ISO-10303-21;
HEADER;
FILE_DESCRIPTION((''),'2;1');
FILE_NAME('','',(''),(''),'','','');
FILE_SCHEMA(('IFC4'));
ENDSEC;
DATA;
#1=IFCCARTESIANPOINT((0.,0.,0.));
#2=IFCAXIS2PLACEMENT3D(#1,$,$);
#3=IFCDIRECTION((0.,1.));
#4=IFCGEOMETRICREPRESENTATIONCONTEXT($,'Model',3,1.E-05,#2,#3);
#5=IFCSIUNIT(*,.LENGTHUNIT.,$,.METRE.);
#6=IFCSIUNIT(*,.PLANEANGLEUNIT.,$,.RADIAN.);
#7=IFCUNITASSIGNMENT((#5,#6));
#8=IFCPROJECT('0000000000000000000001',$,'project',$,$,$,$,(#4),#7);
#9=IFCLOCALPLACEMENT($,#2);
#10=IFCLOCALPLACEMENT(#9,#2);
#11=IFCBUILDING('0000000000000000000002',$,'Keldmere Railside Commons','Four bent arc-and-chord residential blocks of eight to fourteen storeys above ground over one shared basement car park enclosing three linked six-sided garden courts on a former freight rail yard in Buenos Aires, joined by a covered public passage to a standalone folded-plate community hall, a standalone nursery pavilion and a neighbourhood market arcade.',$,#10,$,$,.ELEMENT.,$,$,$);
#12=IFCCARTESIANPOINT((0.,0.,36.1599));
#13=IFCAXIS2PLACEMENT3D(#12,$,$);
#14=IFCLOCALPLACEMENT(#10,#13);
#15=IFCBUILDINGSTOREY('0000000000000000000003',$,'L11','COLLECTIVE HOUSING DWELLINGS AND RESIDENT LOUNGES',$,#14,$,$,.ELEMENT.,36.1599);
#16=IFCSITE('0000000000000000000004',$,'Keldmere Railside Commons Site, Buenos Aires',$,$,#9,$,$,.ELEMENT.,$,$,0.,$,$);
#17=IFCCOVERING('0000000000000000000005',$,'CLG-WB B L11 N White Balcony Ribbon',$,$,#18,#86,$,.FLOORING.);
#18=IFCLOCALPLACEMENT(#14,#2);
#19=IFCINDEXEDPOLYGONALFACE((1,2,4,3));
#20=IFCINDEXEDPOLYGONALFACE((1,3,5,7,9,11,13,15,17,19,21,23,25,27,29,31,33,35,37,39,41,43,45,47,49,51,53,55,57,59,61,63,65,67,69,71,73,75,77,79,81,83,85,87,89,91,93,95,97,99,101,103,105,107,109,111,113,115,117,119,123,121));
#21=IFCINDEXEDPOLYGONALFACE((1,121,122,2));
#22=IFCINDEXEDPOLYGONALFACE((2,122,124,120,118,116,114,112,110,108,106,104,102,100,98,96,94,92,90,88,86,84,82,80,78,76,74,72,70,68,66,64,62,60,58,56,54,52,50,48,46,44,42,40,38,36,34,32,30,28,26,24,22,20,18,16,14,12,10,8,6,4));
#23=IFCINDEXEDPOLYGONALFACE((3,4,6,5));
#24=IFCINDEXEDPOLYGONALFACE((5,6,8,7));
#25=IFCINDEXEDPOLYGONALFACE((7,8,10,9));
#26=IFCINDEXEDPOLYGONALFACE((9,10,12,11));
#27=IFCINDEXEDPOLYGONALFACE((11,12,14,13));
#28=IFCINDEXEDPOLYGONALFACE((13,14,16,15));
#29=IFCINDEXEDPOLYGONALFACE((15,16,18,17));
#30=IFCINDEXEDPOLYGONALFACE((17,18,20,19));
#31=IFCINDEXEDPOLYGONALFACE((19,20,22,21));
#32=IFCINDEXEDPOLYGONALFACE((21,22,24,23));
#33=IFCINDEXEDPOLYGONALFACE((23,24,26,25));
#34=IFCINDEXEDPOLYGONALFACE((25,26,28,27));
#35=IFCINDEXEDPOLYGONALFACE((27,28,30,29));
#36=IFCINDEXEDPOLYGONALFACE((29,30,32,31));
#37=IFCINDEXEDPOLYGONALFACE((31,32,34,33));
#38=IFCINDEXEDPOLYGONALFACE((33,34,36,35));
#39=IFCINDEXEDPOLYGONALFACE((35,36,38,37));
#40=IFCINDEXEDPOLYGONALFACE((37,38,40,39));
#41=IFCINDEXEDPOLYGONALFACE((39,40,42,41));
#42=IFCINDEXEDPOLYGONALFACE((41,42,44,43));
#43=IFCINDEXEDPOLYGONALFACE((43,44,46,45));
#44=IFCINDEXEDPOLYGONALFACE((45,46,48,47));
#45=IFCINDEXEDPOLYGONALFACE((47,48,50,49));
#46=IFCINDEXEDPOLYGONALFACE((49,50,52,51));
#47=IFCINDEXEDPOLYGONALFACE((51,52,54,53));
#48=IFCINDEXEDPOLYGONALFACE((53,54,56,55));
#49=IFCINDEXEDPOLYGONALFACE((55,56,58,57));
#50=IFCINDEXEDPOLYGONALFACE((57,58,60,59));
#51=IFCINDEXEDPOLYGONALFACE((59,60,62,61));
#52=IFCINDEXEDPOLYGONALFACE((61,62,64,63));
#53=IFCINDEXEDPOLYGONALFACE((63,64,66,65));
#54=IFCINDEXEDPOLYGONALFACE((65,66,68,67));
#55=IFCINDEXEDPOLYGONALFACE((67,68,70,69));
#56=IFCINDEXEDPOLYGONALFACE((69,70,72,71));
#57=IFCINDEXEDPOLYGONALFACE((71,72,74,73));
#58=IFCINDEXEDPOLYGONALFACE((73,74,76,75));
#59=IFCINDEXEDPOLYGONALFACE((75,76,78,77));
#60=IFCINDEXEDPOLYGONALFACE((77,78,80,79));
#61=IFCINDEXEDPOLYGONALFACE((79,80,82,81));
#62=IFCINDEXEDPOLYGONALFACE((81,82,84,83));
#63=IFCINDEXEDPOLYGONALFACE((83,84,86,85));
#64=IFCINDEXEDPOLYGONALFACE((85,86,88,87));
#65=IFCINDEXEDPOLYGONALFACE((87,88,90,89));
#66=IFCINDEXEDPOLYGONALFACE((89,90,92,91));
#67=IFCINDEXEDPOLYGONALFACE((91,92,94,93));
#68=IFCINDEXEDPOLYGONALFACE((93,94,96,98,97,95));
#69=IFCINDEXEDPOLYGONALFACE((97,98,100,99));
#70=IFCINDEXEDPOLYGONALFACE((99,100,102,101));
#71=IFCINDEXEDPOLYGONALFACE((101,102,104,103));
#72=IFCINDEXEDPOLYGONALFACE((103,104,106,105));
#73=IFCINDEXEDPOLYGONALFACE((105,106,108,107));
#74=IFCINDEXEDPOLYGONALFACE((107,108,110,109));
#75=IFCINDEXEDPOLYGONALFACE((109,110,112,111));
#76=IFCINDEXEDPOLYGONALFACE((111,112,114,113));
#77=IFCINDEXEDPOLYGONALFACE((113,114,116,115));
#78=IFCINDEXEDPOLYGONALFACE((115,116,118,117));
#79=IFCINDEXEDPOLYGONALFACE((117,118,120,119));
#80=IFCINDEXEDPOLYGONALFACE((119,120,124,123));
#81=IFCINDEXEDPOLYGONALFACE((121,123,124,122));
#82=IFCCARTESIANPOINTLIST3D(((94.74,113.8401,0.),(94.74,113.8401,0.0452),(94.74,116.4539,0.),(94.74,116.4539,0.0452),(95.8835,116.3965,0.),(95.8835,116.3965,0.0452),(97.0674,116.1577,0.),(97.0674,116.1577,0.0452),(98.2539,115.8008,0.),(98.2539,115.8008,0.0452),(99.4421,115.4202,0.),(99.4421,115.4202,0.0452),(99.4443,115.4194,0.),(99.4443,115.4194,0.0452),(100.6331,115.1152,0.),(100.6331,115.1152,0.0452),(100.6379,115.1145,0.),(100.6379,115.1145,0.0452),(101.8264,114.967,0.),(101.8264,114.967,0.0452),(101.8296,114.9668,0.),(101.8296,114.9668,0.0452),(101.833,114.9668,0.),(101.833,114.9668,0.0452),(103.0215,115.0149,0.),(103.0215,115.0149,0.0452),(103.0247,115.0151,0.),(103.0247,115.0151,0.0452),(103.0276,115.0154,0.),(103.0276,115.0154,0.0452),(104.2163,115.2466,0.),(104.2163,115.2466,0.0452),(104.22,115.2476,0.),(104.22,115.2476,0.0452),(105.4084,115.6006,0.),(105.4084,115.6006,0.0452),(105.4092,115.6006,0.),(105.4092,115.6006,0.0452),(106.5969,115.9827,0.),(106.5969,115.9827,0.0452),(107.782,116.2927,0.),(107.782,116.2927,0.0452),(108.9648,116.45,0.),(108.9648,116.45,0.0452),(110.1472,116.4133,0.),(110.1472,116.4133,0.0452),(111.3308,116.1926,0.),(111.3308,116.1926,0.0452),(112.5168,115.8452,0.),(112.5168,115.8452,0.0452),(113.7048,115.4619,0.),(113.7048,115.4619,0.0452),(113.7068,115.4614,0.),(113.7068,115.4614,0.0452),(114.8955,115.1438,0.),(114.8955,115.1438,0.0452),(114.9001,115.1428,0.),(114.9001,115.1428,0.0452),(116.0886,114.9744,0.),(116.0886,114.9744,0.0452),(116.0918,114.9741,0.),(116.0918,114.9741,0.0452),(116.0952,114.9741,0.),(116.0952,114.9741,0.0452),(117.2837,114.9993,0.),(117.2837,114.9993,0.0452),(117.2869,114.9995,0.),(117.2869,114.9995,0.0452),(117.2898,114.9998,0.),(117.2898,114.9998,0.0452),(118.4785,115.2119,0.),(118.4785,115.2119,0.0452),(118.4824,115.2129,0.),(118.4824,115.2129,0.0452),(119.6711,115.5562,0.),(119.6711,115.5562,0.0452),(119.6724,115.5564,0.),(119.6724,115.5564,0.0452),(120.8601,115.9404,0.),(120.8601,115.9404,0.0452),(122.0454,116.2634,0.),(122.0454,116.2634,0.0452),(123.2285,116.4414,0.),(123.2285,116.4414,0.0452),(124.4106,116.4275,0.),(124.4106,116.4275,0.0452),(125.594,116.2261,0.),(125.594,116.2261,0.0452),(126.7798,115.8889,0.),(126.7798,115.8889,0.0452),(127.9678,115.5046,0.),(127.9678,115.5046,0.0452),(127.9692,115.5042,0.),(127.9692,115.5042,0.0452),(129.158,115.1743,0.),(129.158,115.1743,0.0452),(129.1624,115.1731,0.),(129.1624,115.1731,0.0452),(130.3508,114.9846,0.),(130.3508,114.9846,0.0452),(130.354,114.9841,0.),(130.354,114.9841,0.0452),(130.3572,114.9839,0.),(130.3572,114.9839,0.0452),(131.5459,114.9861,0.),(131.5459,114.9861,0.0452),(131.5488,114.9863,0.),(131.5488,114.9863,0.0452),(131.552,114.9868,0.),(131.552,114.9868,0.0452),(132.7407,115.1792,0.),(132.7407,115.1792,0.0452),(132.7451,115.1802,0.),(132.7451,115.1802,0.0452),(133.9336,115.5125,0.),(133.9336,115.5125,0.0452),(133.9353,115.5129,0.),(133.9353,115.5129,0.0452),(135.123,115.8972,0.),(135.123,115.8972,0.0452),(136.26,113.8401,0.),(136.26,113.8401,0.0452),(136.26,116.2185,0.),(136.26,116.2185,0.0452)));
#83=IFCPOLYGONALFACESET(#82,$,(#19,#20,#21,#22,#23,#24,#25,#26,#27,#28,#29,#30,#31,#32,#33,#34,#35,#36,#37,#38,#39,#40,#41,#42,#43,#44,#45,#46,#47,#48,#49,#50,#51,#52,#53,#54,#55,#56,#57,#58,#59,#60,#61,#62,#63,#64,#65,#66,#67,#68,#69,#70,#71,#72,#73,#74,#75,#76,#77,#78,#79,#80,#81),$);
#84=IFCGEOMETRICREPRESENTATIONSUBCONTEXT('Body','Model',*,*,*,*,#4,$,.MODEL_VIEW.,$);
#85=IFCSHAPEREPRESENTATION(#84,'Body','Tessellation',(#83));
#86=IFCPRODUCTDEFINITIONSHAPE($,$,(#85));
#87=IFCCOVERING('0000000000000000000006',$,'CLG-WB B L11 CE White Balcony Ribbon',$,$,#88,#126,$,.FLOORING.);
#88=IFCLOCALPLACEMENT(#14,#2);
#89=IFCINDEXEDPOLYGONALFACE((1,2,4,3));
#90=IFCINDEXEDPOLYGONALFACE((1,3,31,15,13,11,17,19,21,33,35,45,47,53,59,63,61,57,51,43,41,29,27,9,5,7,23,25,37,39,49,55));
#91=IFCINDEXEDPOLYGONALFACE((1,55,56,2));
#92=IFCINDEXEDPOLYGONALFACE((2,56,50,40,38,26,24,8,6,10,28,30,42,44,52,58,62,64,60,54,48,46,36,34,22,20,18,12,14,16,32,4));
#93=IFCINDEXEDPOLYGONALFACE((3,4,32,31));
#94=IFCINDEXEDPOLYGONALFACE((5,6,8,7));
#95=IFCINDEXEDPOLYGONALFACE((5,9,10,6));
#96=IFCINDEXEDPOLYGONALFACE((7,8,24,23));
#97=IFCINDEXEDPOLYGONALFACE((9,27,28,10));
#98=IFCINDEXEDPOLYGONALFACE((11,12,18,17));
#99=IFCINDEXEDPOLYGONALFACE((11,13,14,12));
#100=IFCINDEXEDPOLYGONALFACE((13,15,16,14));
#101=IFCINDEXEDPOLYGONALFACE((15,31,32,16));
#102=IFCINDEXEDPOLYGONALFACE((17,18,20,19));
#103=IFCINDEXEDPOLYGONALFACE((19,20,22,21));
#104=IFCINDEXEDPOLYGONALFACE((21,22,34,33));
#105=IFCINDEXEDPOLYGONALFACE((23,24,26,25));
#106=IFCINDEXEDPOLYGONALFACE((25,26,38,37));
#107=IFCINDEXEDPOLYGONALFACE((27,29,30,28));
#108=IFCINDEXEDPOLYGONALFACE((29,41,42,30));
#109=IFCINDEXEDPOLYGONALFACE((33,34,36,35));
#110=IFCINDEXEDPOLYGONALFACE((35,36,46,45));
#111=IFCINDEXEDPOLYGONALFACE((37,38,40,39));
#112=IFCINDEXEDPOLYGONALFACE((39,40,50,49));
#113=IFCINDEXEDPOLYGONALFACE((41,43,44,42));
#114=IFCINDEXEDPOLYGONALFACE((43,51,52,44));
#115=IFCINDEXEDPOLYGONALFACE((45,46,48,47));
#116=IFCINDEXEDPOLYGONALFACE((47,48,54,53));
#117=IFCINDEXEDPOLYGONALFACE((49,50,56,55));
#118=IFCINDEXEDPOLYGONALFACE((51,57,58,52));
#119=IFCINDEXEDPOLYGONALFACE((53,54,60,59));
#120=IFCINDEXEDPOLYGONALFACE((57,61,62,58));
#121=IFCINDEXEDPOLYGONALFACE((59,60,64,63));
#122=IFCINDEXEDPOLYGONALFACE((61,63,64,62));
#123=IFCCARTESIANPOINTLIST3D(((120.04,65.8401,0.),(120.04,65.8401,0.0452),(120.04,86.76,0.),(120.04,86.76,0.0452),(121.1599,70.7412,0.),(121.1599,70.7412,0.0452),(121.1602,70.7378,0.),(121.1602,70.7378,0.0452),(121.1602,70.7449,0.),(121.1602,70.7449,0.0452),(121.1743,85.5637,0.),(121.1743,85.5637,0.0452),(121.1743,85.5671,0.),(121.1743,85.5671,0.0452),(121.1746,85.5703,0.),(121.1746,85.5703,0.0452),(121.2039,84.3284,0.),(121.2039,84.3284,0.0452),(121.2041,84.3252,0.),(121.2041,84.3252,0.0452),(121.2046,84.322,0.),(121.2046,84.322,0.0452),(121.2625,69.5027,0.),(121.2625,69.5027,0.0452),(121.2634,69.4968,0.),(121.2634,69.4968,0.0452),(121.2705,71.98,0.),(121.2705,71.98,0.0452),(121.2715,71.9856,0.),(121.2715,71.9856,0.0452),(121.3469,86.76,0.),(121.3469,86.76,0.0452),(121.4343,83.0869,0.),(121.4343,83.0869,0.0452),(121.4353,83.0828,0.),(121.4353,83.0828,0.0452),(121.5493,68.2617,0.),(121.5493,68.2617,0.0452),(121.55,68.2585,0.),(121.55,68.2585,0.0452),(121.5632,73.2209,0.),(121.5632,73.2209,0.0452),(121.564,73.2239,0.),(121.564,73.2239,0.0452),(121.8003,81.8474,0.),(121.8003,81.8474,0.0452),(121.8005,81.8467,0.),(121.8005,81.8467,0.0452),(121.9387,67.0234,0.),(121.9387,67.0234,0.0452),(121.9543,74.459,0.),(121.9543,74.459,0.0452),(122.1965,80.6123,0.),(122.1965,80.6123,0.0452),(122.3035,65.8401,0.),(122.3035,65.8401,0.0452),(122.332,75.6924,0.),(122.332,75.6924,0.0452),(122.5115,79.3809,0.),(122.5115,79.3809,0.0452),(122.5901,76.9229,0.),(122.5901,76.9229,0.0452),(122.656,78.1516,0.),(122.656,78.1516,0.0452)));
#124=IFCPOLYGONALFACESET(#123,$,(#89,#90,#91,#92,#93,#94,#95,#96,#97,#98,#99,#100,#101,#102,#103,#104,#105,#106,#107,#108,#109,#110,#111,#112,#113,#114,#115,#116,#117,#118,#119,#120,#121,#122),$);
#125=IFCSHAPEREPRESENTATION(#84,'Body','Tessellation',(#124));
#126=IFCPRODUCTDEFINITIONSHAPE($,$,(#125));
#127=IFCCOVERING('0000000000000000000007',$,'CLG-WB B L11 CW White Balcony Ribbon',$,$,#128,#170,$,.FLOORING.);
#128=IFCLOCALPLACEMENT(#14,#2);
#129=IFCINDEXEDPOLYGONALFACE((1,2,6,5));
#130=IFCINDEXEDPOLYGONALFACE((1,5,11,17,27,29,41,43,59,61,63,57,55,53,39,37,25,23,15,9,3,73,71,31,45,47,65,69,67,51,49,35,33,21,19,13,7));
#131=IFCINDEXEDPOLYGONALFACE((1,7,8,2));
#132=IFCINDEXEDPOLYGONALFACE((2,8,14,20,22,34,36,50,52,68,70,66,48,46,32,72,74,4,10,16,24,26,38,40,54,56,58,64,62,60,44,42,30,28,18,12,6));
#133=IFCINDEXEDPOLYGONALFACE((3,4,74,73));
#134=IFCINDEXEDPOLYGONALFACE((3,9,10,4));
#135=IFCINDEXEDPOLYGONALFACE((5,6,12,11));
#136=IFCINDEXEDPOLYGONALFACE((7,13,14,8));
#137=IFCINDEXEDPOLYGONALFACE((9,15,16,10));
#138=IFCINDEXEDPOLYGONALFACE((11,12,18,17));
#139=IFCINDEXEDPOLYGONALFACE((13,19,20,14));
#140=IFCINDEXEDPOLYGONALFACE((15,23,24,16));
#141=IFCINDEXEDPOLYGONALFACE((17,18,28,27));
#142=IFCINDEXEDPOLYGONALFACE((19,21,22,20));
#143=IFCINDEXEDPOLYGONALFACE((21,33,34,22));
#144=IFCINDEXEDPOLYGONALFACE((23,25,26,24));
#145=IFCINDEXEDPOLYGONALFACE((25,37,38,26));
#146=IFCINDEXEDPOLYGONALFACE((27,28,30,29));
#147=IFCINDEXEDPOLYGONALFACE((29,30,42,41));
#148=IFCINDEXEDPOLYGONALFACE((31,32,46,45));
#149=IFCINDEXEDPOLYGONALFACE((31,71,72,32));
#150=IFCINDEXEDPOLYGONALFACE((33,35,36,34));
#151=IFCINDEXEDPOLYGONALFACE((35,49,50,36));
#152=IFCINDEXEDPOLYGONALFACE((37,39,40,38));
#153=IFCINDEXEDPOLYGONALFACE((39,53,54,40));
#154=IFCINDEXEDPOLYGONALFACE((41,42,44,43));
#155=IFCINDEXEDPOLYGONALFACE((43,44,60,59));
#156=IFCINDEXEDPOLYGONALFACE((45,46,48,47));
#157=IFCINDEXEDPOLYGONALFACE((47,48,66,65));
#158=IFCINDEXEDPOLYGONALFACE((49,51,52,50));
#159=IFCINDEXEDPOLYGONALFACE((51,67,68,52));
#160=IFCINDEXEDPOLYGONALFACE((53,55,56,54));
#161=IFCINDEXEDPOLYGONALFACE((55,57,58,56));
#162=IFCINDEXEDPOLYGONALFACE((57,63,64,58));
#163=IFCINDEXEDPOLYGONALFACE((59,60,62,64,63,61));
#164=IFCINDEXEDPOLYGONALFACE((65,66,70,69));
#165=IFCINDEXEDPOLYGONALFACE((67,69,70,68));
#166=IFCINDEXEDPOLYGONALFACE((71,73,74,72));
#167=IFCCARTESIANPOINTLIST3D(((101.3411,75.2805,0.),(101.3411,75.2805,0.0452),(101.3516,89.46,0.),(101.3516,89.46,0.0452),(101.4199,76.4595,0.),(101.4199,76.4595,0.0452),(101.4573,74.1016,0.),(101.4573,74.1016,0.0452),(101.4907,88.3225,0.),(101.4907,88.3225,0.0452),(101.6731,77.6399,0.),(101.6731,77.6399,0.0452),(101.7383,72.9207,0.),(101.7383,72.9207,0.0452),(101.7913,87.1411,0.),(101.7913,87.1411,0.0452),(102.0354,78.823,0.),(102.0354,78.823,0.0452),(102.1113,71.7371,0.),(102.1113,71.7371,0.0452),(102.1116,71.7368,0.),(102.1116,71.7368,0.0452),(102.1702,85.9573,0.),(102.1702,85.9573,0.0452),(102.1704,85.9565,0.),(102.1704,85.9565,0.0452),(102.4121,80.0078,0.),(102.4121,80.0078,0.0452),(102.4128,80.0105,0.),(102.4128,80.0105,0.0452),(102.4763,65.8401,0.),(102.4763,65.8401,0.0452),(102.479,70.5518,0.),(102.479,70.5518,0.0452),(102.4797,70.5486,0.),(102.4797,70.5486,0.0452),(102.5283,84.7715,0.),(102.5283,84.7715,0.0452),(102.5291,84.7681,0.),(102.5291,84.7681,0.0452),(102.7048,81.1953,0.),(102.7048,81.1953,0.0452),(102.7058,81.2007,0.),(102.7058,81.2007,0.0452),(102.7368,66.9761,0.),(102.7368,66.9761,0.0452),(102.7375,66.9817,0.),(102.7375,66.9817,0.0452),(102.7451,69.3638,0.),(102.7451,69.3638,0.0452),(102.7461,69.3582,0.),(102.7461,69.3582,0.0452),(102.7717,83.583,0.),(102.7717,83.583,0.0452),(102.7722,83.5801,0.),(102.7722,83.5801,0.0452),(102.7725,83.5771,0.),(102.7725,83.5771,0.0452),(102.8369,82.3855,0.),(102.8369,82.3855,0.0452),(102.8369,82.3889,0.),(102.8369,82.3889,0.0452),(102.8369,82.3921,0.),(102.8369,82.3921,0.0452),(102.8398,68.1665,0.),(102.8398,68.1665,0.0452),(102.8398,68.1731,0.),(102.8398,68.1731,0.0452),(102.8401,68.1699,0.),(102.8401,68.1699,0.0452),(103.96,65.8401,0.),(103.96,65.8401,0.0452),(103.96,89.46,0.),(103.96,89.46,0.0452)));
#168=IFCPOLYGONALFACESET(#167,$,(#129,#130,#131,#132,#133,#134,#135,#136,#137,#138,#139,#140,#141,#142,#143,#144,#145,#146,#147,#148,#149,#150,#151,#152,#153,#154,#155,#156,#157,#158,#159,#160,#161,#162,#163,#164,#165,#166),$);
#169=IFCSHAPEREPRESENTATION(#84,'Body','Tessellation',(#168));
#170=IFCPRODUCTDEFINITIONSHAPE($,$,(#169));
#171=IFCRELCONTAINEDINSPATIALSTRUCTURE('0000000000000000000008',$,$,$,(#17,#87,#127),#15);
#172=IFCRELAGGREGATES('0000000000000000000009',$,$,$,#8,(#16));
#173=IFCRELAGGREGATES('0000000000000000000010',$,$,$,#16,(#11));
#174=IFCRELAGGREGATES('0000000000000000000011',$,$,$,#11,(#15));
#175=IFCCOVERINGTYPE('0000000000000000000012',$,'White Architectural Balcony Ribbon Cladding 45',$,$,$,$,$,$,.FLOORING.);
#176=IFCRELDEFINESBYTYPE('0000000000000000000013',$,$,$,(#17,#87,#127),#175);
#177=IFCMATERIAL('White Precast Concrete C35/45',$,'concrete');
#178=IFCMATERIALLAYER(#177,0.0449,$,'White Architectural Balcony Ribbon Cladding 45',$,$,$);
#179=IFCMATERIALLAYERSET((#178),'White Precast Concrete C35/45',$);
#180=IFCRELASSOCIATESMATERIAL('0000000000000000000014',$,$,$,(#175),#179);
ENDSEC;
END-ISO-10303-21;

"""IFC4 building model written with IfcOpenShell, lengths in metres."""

from ifc_helpers import new_model, si_unit, direction, frame, origin, place, context, subcontext, project, spatial, polyline, outline, extrude, material, layer, layer_set, type_object, element, save


model = new_model("IFC4")

# Units and contexts
model_context = context("Model", 3, precision=1e-05, world=origin(), true_north=direction((0.0, 1.0)))
body_context = subcontext(model_context, "Body", "Model", "MODEL_VIEW")
ifc_project = project(units=[si_unit("LENGTHUNIT", "METRE"), si_unit("PLANEANGLEUNIT", "RADIAN")], contexts=[model_context])

# Site, building, storey
site_placement = place(None, origin())
site = spatial("IfcSite", under=ifc_project, at=site_placement, Name="Keldmere Railside Commons Site, Buenos Aires", CompositionType="ELEMENT", RefElevation=0.0)
building_placement = place(site_placement, origin())
building = spatial("IfcBuilding", under=site, at=building_placement, Name="Keldmere Railside Commons", Description="Four bent arc-and-chord residential blocks of eight to fourteen storeys above ground over one shared basement car park enclosing three linked six-sided garden courts on a former freight rail yard in Buenos Aires, joined by a covered public passage to a standalone folded-plate community hall, a standalone nursery pavilion and a neighbourhood market arcade.", CompositionType="ELEMENT")
storey_placement = place(building_placement, frame((0.0, 0.0, 36.1599)))
storey = spatial("IfcBuildingStorey", under=building, at=storey_placement, Name="L11", Description="COLLECTIVE HOUSING DWELLINGS AND RESIDENT LOUNGES", CompositionType="ELEMENT", Elevation=36.1599)

# Coverings
ifc_material_1 = material(Name="White Precast Concrete C35/45", Category="concrete")
ifc_layer_1 = layer(ifc_material_1, 0.0449, Name="White Architectural Balcony Ribbon Cladding 45")
ifc_layer_set_1 = layer_set([ifc_layer_1], Name="White Precast Concrete C35/45")
covering_type = type_object("IfcCoveringType", Name="White Architectural Balcony Ribbon Cladding 45", PredefinedType="FLOORING", material=ifc_layer_set_1)
covering_1_placement = place(storey_placement, origin())
element("IfcCovering", 1, at=covering_1_placement, inside=storey, type_object=covering_type, Name="CLG-WB B L11 N White Balcony Ribbon", PredefinedType="FLOORING", context=body_context, shape_type="SweptSolid", body=[
    extrude(outline(polyline([(136.26, 113.8401), (136.26, 116.2185), (135.123, 115.8972), (133.9353, 115.5129), (133.9336, 115.5125), (132.7451, 115.1802), (132.7407, 115.1792), (131.552, 114.9868), (131.5488, 114.9863), (131.5459, 114.9861), (130.3572, 114.9839), (130.354, 114.9841), (130.3508, 114.9846), (129.1624, 115.1731), (129.158, 115.1743), (127.9692, 115.5042), (127.9678, 115.5046), (126.7798, 115.8889), (125.594, 116.2261), (124.4106, 116.4275), (123.2285, 116.4414), (122.0454, 116.2634), (120.8601, 115.9404), (119.6724, 115.5564), (119.6711, 115.5562), (118.4824, 115.2129), (118.4785, 115.2119), (117.2898, 114.9998), (117.2869, 114.9995), (117.2837, 114.9993), (116.0952, 114.9741), (116.0918, 114.9741), (116.0886, 114.9744), (114.9001, 115.1428), (114.8955, 115.1438), (113.7068, 115.4614), (113.7048, 115.4619), (112.5168, 115.8452), (111.3308, 116.1926), (110.1472, 116.4133), (108.9648, 116.45), (107.782, 116.2927), (106.5969, 115.9827), (105.4092, 115.6006), (105.4084, 115.6006), (104.22, 115.2476), (104.2163, 115.2466), (103.0276, 115.0154), (103.0247, 115.0151), (103.0215, 115.0149), (101.833, 114.9668), (101.8296, 114.9668), (101.8264, 114.967), (100.6379, 115.1145), (100.6331, 115.1152), (99.4443, 115.4194), (99.4421, 115.4202), (98.2539, 115.8008), (97.0674, 116.1577), (95.8835, 116.3965), (94.74, 116.4539), (94.74, 113.8401), (136.26, 113.8401)])), origin(), (0.0, 0.0, 1.0), 0.0452),
])
covering_2_placement = place(storey_placement, origin())
element("IfcCovering", 2, at=covering_2_placement, inside=storey, type_object=covering_type, Name="CLG-WB B L11 CE White Balcony Ribbon", PredefinedType="FLOORING", context=body_context, shape_type="SweptSolid", body=[
    extrude(outline(polyline([(121.9387, 67.0234), (121.55, 68.2585), (121.5493, 68.2617), (121.2634, 69.4968), (121.2625, 69.5027), (121.1602, 70.7378), (121.1599, 70.7412), (121.1602, 70.7449), (121.2705, 71.98), (121.2715, 71.9856), (121.5632, 73.2209), (121.564, 73.2239), (121.9543, 74.459), (122.332, 75.6924), (122.5901, 76.9229), (122.656, 78.1516), (122.5115, 79.3809), (122.1965, 80.6123), (121.8005, 81.8467), (121.8003, 81.8474), (121.4353, 83.0828), (121.4343, 83.0869), (121.2046, 84.322), (121.2041, 84.3252), (121.2039, 84.3284), (121.1743, 85.5637), (121.1743, 85.5671), (121.1746, 85.5703), (121.3469, 86.76), (120.04, 86.76), (120.04, 65.8401), (122.3035, 65.8401), (121.9387, 67.0234)])), origin(), (0.0, 0.0, 1.0), 0.0452),
])
covering_3_placement = place(storey_placement, origin())
element("IfcCovering", 3, at=covering_3_placement, inside=storey, type_object=covering_type, Name="CLG-WB B L11 CW White Balcony Ribbon", PredefinedType="FLOORING", context=body_context, shape_type="SweptSolid", body=[
    extrude(outline(polyline([(103.96, 89.46), (101.3516, 89.46), (101.4907, 88.3225), (101.7913, 87.1411), (102.1702, 85.9573), (102.1704, 85.9565), (102.5283, 84.7715), (102.5291, 84.7681), (102.7717, 83.583), (102.7722, 83.5801), (102.7725, 83.5771), (102.8369, 82.3921), (102.8369, 82.3889), (102.8369, 82.3855), (102.7058, 81.2007), (102.7048, 81.1953), (102.4128, 80.0105), (102.4121, 80.0078), (102.0354, 78.823), (101.6731, 77.6399), (101.4199, 76.4595), (101.3411, 75.2805), (101.4573, 74.1016), (101.7383, 72.9207), (102.1113, 71.7371), (102.1116, 71.7368), (102.479, 70.5518), (102.4797, 70.5486), (102.7451, 69.3638), (102.7461, 69.3582), (102.8398, 68.1731), (102.8401, 68.1699), (102.8398, 68.1665), (102.7375, 66.9817), (102.7368, 66.9761), (102.4763, 65.8401), (103.96, 65.8401), (103.96, 89.46)])), origin(), (0.0, 0.0, 1.0), 0.0452),
])

save(model, "model.ifc")
